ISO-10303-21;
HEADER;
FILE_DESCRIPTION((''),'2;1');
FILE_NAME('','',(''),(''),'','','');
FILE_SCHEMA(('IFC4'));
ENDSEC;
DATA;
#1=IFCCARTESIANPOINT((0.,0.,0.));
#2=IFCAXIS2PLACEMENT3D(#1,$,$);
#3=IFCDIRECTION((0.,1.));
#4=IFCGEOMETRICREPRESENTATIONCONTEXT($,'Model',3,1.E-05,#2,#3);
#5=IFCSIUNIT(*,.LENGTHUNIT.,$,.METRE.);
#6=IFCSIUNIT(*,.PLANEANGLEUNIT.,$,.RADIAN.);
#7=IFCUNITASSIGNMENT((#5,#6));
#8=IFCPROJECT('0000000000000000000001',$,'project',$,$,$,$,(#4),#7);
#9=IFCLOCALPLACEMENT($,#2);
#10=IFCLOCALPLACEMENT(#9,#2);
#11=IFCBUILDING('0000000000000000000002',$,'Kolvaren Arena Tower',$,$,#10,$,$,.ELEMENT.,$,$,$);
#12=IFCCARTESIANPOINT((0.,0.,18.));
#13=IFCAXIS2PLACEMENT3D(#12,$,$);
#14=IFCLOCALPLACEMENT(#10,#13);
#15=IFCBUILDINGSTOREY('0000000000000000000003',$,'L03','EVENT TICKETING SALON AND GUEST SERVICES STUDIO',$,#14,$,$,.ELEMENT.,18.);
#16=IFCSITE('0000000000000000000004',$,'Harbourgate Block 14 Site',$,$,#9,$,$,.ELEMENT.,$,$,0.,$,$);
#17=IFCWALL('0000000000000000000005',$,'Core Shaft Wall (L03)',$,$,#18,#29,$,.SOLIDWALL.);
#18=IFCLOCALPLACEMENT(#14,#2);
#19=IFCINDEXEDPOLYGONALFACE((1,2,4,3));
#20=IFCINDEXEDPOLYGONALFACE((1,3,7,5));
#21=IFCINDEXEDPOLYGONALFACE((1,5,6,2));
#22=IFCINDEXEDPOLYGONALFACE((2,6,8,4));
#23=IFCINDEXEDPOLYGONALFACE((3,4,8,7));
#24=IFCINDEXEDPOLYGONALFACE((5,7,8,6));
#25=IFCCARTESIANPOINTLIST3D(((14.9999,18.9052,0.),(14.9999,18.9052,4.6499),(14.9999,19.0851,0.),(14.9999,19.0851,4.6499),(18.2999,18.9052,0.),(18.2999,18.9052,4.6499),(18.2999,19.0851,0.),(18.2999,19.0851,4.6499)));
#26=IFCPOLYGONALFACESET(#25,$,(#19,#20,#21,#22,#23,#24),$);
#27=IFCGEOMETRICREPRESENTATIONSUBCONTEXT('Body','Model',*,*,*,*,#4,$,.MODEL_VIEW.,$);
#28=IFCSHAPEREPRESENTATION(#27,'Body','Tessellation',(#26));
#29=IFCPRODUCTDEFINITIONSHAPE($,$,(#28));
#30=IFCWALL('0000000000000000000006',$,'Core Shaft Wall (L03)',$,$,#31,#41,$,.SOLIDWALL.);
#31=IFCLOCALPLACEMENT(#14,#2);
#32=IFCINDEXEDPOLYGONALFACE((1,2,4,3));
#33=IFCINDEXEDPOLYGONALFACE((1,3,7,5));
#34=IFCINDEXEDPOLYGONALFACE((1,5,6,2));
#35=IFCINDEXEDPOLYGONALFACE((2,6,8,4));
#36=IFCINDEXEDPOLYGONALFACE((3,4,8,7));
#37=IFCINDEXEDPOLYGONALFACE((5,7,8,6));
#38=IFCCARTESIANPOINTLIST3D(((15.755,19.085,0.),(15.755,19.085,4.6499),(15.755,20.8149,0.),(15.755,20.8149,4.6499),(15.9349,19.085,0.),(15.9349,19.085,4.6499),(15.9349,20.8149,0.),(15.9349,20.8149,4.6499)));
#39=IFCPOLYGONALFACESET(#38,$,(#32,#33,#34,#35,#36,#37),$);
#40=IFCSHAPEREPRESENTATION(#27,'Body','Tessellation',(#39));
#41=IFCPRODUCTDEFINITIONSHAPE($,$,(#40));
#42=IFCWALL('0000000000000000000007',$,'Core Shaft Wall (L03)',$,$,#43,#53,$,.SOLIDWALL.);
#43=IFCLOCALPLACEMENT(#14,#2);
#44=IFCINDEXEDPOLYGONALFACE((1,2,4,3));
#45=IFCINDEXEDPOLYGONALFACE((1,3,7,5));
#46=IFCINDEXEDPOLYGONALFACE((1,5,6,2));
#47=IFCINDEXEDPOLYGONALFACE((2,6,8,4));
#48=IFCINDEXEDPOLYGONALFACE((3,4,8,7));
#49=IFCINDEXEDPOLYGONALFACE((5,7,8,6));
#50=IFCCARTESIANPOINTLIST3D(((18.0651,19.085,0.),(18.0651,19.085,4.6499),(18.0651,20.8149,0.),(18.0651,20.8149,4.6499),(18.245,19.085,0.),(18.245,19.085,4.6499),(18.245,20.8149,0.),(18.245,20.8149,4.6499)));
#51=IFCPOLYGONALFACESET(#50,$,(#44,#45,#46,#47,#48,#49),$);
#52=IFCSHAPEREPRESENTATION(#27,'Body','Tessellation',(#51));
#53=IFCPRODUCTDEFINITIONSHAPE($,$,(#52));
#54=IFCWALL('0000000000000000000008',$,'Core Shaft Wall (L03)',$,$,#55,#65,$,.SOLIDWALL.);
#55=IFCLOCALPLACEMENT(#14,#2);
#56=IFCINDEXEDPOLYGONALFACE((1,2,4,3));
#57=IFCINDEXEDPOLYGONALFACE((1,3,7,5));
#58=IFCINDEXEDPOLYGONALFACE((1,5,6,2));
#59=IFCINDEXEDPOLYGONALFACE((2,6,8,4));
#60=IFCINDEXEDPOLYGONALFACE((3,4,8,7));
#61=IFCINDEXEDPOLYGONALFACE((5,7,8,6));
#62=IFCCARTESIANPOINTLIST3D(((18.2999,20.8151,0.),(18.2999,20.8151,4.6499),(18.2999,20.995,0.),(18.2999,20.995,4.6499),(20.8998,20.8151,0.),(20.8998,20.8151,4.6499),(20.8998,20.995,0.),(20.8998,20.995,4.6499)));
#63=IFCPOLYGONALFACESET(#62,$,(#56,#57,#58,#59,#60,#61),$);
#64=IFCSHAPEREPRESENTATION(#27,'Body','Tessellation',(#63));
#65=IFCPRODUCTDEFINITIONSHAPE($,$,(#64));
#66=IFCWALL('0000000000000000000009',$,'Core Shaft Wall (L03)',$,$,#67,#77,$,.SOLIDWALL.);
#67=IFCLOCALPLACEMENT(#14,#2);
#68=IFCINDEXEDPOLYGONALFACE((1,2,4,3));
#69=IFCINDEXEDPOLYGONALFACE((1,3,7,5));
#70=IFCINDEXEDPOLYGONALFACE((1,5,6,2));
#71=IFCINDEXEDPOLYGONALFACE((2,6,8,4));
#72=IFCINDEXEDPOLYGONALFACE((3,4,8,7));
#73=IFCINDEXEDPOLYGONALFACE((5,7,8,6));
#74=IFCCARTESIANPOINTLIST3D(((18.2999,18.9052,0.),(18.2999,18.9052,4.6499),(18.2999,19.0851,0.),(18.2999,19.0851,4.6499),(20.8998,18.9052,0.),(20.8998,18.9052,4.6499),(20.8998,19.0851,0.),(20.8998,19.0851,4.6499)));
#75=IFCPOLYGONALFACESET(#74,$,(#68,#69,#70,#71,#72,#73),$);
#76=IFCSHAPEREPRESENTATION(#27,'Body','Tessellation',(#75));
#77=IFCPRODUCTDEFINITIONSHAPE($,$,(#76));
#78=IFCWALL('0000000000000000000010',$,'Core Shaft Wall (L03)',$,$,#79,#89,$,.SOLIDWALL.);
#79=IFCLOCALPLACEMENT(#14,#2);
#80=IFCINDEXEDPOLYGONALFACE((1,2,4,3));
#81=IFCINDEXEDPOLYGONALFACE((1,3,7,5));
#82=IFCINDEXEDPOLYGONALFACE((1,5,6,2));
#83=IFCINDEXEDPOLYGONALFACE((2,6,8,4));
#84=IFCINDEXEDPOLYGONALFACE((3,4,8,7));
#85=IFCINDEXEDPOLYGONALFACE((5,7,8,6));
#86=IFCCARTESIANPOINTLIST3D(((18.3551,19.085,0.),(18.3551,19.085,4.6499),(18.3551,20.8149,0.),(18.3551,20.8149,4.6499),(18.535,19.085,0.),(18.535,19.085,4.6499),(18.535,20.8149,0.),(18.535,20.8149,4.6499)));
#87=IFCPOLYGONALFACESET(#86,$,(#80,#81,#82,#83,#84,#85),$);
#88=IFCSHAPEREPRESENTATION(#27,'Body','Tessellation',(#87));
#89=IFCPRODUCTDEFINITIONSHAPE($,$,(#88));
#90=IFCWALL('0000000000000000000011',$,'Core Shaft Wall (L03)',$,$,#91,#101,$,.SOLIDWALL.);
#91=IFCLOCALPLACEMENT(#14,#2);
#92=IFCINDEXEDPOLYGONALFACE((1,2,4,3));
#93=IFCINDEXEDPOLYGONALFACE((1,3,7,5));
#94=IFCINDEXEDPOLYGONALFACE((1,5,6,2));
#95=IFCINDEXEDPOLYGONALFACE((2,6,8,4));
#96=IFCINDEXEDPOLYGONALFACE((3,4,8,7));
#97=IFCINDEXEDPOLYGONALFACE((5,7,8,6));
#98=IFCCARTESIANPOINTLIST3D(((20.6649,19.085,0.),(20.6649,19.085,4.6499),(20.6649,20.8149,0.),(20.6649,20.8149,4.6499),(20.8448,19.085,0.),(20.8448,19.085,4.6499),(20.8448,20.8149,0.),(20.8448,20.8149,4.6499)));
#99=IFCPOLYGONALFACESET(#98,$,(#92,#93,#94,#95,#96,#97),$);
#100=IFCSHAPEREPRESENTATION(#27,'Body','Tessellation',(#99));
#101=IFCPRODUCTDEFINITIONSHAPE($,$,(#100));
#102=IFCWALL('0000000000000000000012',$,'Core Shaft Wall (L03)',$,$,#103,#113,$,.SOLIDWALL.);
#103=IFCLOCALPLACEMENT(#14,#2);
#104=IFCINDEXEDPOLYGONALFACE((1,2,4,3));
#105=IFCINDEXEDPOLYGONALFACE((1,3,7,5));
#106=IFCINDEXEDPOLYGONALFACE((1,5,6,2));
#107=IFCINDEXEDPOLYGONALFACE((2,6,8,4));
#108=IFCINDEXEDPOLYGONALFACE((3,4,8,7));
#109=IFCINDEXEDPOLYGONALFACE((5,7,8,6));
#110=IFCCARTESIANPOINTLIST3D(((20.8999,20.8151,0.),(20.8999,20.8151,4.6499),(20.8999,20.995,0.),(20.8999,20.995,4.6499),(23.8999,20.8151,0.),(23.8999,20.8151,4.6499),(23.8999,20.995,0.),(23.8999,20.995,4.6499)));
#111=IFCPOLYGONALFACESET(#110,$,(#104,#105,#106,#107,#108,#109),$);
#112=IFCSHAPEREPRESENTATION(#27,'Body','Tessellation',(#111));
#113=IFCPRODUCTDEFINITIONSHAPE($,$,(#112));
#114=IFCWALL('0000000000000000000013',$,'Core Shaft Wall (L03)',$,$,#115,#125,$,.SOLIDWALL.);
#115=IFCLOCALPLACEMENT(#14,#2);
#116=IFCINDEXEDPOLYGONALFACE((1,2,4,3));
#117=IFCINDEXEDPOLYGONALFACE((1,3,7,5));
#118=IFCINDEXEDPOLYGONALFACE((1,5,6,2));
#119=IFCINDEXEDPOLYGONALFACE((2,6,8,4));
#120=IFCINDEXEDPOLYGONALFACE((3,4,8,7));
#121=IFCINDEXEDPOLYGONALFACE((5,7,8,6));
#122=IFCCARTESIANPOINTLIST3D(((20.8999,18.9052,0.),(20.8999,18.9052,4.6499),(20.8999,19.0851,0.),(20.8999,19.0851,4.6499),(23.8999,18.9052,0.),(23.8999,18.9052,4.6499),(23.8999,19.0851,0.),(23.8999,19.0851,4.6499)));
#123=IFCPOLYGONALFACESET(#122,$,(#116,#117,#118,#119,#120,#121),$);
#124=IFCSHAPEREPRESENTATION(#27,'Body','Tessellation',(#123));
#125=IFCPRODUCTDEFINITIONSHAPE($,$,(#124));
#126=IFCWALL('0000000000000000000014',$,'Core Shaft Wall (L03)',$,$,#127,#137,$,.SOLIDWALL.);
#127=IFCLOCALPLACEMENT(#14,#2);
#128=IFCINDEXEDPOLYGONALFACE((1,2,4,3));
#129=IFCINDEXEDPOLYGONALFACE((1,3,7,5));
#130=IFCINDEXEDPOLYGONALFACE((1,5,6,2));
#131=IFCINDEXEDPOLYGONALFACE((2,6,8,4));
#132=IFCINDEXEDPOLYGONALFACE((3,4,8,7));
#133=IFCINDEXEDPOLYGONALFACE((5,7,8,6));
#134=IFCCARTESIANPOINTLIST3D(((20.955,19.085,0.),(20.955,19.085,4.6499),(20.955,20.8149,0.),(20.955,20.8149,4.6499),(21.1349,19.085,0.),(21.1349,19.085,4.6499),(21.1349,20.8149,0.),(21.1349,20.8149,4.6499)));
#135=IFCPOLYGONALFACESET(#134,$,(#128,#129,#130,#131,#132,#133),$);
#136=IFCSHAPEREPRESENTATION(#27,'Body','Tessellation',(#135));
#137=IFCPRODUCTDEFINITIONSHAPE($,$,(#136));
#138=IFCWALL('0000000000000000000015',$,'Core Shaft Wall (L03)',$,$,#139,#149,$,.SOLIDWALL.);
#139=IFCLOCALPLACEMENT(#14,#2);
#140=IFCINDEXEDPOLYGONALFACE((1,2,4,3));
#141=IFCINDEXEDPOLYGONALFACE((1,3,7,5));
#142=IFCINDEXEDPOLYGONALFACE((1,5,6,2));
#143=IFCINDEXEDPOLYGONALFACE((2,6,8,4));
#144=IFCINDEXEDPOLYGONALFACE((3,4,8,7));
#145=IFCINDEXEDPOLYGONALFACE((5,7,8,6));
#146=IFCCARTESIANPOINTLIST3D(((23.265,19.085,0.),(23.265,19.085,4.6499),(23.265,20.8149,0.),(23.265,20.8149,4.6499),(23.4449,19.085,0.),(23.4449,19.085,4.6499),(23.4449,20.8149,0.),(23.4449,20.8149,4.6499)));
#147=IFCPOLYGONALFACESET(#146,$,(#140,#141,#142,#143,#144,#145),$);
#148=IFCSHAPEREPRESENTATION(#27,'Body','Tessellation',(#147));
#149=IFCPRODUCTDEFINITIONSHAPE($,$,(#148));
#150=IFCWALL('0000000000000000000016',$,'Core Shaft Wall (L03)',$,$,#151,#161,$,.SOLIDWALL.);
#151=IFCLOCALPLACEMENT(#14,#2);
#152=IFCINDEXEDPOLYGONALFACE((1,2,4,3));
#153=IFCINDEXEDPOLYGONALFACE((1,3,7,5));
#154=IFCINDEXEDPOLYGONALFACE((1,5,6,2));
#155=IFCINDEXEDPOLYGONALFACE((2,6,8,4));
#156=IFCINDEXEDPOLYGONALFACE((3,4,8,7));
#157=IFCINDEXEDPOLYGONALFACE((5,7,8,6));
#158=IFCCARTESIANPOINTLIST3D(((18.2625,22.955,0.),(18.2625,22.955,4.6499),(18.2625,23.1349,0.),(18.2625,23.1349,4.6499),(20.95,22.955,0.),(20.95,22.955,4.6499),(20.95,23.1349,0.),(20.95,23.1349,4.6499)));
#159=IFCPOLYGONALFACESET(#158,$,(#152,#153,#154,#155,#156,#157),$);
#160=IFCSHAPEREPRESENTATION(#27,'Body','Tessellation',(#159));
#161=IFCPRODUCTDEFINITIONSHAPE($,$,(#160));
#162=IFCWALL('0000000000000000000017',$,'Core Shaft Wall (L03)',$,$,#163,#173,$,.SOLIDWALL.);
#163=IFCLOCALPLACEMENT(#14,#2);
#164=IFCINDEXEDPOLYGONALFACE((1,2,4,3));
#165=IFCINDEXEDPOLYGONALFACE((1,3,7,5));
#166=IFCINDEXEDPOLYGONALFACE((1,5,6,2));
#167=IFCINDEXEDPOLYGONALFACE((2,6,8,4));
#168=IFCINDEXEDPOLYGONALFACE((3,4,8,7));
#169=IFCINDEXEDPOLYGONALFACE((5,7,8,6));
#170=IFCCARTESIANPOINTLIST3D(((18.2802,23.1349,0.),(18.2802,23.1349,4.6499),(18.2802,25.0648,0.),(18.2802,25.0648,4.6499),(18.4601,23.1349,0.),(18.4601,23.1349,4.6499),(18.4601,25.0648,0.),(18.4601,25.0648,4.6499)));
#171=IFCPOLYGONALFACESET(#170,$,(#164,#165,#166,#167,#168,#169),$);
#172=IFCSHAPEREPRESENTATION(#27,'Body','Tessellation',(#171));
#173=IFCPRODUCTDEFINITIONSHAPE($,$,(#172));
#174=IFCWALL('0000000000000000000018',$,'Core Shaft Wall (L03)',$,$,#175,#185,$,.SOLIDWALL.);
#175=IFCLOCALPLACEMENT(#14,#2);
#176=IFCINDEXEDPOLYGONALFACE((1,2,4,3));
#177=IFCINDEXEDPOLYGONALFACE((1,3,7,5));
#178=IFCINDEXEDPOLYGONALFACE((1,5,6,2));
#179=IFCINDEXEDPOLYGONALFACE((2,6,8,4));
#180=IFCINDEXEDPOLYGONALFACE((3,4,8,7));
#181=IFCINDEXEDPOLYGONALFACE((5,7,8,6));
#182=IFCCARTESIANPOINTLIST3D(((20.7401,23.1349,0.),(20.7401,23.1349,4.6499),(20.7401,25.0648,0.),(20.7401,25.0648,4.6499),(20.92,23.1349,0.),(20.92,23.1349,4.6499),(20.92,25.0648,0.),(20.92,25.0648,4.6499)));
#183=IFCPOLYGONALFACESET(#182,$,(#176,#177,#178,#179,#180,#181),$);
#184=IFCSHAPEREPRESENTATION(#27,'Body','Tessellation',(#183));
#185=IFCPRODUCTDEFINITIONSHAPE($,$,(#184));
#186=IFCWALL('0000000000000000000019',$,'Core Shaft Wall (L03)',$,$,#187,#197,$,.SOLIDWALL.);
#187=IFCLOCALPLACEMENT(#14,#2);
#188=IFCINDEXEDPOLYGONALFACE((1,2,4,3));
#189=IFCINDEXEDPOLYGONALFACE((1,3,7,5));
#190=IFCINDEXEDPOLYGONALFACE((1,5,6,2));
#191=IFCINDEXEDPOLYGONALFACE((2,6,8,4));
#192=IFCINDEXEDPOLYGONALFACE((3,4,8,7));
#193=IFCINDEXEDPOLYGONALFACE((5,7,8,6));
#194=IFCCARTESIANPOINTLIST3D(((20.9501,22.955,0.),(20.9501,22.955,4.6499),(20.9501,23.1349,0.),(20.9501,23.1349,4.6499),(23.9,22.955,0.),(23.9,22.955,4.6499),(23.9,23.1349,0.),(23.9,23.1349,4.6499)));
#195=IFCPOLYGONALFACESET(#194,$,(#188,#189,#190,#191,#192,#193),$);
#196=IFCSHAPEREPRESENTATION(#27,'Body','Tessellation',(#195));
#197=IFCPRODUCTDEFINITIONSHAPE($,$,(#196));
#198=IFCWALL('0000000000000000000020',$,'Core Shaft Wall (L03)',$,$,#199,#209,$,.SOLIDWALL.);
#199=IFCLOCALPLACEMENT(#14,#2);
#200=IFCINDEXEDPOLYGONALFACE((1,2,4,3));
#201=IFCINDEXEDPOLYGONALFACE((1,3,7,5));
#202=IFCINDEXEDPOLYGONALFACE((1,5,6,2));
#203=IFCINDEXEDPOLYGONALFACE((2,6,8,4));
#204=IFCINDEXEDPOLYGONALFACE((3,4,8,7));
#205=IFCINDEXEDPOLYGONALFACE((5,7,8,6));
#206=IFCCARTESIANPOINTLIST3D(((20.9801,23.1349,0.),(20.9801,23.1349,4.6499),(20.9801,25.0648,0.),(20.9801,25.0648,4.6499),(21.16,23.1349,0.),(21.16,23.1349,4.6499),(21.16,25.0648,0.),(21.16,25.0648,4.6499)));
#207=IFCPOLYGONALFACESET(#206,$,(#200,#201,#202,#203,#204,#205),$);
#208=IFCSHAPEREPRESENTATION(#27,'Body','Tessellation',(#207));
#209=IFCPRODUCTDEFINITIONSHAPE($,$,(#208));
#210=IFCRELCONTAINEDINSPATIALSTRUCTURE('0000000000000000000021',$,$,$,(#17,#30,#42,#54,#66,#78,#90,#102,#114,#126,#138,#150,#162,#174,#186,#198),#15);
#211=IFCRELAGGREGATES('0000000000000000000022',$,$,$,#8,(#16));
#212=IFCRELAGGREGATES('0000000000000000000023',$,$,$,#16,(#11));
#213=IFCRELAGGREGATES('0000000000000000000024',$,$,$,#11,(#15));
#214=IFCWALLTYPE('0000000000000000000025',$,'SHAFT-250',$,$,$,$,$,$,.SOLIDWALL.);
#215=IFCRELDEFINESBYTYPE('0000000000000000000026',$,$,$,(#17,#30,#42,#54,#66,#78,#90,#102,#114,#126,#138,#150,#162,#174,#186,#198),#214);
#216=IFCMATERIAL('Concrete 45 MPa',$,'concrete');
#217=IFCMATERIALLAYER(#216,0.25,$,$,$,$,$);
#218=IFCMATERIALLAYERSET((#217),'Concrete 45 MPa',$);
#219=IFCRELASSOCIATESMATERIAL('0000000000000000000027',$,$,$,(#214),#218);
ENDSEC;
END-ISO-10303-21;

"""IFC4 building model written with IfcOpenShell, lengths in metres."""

from ifc_helpers import new_model, si_unit, direction, frame, frame_2d, origin, place, context, subcontext, project, spatial, rectangle, extrude, material, layer, layer_set, type_object, element, save


model = new_model("IFC4")

# Units and contexts
model_context = context("Model", 3, precision=1e-05, world=origin(), true_north=direction((0.0, 1.0)))
body_context = subcontext(model_context, "Body", "Model", "MODEL_VIEW")
ifc_project = project(units=[si_unit("LENGTHUNIT", "METRE"), si_unit("PLANEANGLEUNIT", "RADIAN")], contexts=[model_context])

# Site, building, storey
site_placement = place(None, origin())
site = spatial("IfcSite", under=ifc_project, at=site_placement, Name="Harbourgate Block 14 Site", CompositionType="ELEMENT", RefElevation=0.0)
building_placement = place(site_placement, origin())
building = spatial("IfcBuilding", under=site, at=building_placement, Name="Kolvaren Arena Tower", CompositionType="ELEMENT")
storey_placement = place(building_placement, frame((0.0, 0.0, 18.0)))
storey = spatial("IfcBuildingStorey", under=building, at=storey_placement, Name="L03", Description="EVENT TICKETING SALON AND GUEST SERVICES STUDIO", CompositionType="ELEMENT", Elevation=18.0)

# Walls
ifc_material_1 = material(Name="Concrete 45 MPa", Category="concrete")
ifc_layer_1 = layer(ifc_material_1, 0.25)
ifc_layer_set_1 = layer_set([ifc_layer_1], Name="Concrete 45 MPa")
wall_type_1 = type_object("IfcWallType", Name="SHAFT-250", PredefinedType="SOLIDWALL", material=ifc_layer_set_1)
for number, where, z_axis, x_axis, name in (
    (1, (15.0, 18.9951, 0.0), (0.0, 0.0, 1.0), (1.0, 0.0, 0.0), "Core Shaft Wall (L03)"),
):
    element("IfcWall", number, at=place(storey_placement, frame(where, z_axis=z_axis, x_axis=x_axis)), inside=storey, type_object=wall_type_1, Name=name, PredefinedType="SOLIDWALL", context=body_context, shape_type="SweptSolid", body=[
        extrude(rectangle(XDim=3.3, YDim=0.1799, at=frame_2d((1.6499, 0.0))), origin(), (0.0, 0.0, 1.0), 4.6499),
    ])
for number, where, z_axis, x_axis, name in (
    (2, (15.845, 19.085, 0.0), (0.0, 0.0, 1.0), (0.0, 1.0, 0.0), "Core Shaft Wall (L03)"),
    (3, (18.155, 19.085, 0.0), (0.0, 0.0, 1.0), (0.0, 1.0, 0.0), "Core Shaft Wall (L03)"),
):
    element("IfcWall", number, at=place(storey_placement, frame(where, z_axis=z_axis, x_axis=x_axis)), inside=storey, type_object=wall_type_1, Name=name, PredefinedType="SOLIDWALL", context=body_context, shape_type="SweptSolid", body=[
        extrude(rectangle(XDim=1.73, YDim=0.1799, at=frame_2d((0.865, 0.0))), origin(), (0.0, 0.0, 1.0), 4.6499),
    ])
for number, where, z_axis, x_axis, name in (
    (4, (18.3, 20.905, 0.0), (0.0, 0.0, 1.0), (1.0, 0.0, 0.0), "Core Shaft Wall (L03)"),
    (5, (18.3, 18.9951, 0.0), (0.0, 0.0, 1.0), (1.0, 0.0, 0.0), "Core Shaft Wall (L03)"),
):
    element("IfcWall", number, at=place(storey_placement, frame(where, z_axis=z_axis, x_axis=x_axis)), inside=storey, type_object=wall_type_1, Name=name, PredefinedType="SOLIDWALL", context=body_context, shape_type="SweptSolid", body=[
        extrude(rectangle(XDim=2.5999, YDim=0.1799, at=frame_2d((1.2998, 0.0))), origin(), (0.0, 0.0, 1.0), 4.6499),
    ])
for number, where, z_axis, x_axis, name in (
    (6, (18.4451, 19.085, 0.0), (0.0, 0.0, 1.0), (0.0, 1.0, 0.0), "Core Shaft Wall (L03)"),
    (7, (20.7549, 19.085, 0.0), (0.0, 0.0, 1.0), (0.0, 1.0, 0.0), "Core Shaft Wall (L03)"),
):
    element("IfcWall", number, at=place(storey_placement, frame(where, z_axis=z_axis, x_axis=x_axis)), inside=storey, type_object=wall_type_1, Name=name, PredefinedType="SOLIDWALL", context=body_context, shape_type="SweptSolid", body=[
        extrude(rectangle(XDim=1.73, YDim=0.1799, at=frame_2d((0.865, 0.0))), origin(), (0.0, 0.0, 1.0), 4.6499),
    ])
for number, where, z_axis, x_axis, name in (
    (8, (20.8999, 20.905, 0.0), (0.0, 0.0, 1.0), (1.0, 0.0, 0.0), "Core Shaft Wall (L03)"),
    (9, (20.8999, 18.9951, 0.0), (0.0, 0.0, 1.0), (1.0, 0.0, 0.0), "Core Shaft Wall (L03)"),
):
    element("IfcWall", number, at=place(storey_placement, frame(where, z_axis=z_axis, x_axis=x_axis)), inside=storey, type_object=wall_type_1, Name=name, PredefinedType="SOLIDWALL", context=body_context, shape_type="SweptSolid", body=[
        extrude(rectangle(XDim=3.0, YDim=0.1799, at=frame_2d((1.5, 0.0))), origin(), (0.0, 0.0, 1.0), 4.6499),
    ])
for number, where, z_axis, x_axis, name in (
    (10, (21.0449, 19.085, 0.0), (0.0, 0.0, 1.0), (0.0, 1.0, 0.0), "Core Shaft Wall (L03)"),
    (11, (23.355, 19.085, 0.0), (0.0, 0.0, 1.0), (0.0, 1.0, 0.0), "Core Shaft Wall (L03)"),
):
    element("IfcWall", number, at=place(storey_placement, frame(where, z_axis=z_axis, x_axis=x_axis)), inside=storey, type_object=wall_type_1, Name=name, PredefinedType="SOLIDWALL", context=body_context, shape_type="SweptSolid", body=[
        extrude(rectangle(XDim=1.73, YDim=0.1799, at=frame_2d((0.865, 0.0))), origin(), (0.0, 0.0, 1.0), 4.6499),
    ])
wall_1_placement = place(storey_placement, frame((18.2625, 23.0449, 0.0), z_axis=(0.0, 0.0, 1.0), x_axis=(1.0, 0.0, 0.0)))
element("IfcWall", 12, at=wall_1_placement, inside=storey, type_object=wall_type_1, Name="Core Shaft Wall (L03)", PredefinedType="SOLIDWALL", context=body_context, shape_type="SweptSolid", body=[
    extrude(rectangle(XDim=2.6875, YDim=0.1799, at=frame_2d((1.3438, 0.0))), origin(), (0.0, 0.0, 1.0), 4.6499),
])
for number, where, z_axis, x_axis, name in (
    (13, (18.3701, 23.135, 0.0), (0.0, 0.0, 1.0), (0.0, 1.0, 0.0), "Core Shaft Wall (L03)"),
    (14, (20.8301, 23.135, 0.0), (0.0, 0.0, 1.0), (0.0, 1.0, 0.0), "Core Shaft Wall (L03)"),
):
    element("IfcWall", number, at=place(storey_placement, frame(where, z_axis=z_axis, x_axis=x_axis)), inside=storey, type_object=wall_type_1, Name=name, PredefinedType="SOLIDWALL", context=body_context, shape_type="SweptSolid", body=[
        extrude(rectangle(XDim=1.9299, YDim=0.1799, at=frame_2d((0.9648, 0.0))), origin(), (0.0, 0.0, 1.0), 4.6499),
    ])
wall_2_placement = place(storey_placement, frame((20.95, 23.0449, 0.0), z_axis=(0.0, 0.0, 1.0), x_axis=(1.0, 0.0, 0.0)))
element("IfcWall", 15, at=wall_2_placement, inside=storey, type_object=wall_type_1, Name="Core Shaft Wall (L03)", PredefinedType="SOLIDWALL", context=body_context, shape_type="SweptSolid", body=[
    extrude(rectangle(XDim=2.95, YDim=0.1799, at=frame_2d((1.4751, 0.0))), origin(), (0.0, 0.0, 1.0), 4.6499),
])
wall_3_placement = place(storey_placement, frame((21.0701, 23.135, 0.0), z_axis=(0.0, 0.0, 1.0), x_axis=(0.0, 1.0, 0.0)))
element("IfcWall", 16, at=wall_3_placement, inside=storey, type_object=wall_type_1, Name="Core Shaft Wall (L03)", PredefinedType="SOLIDWALL", context=body_context, shape_type="SweptSolid", body=[
    extrude(rectangle(XDim=1.9299, YDim=0.1799, at=frame_2d((0.9648, 0.0))), origin(), (0.0, 0.0, 1.0), 4.6499),
])

save(model, "model.ifc")
